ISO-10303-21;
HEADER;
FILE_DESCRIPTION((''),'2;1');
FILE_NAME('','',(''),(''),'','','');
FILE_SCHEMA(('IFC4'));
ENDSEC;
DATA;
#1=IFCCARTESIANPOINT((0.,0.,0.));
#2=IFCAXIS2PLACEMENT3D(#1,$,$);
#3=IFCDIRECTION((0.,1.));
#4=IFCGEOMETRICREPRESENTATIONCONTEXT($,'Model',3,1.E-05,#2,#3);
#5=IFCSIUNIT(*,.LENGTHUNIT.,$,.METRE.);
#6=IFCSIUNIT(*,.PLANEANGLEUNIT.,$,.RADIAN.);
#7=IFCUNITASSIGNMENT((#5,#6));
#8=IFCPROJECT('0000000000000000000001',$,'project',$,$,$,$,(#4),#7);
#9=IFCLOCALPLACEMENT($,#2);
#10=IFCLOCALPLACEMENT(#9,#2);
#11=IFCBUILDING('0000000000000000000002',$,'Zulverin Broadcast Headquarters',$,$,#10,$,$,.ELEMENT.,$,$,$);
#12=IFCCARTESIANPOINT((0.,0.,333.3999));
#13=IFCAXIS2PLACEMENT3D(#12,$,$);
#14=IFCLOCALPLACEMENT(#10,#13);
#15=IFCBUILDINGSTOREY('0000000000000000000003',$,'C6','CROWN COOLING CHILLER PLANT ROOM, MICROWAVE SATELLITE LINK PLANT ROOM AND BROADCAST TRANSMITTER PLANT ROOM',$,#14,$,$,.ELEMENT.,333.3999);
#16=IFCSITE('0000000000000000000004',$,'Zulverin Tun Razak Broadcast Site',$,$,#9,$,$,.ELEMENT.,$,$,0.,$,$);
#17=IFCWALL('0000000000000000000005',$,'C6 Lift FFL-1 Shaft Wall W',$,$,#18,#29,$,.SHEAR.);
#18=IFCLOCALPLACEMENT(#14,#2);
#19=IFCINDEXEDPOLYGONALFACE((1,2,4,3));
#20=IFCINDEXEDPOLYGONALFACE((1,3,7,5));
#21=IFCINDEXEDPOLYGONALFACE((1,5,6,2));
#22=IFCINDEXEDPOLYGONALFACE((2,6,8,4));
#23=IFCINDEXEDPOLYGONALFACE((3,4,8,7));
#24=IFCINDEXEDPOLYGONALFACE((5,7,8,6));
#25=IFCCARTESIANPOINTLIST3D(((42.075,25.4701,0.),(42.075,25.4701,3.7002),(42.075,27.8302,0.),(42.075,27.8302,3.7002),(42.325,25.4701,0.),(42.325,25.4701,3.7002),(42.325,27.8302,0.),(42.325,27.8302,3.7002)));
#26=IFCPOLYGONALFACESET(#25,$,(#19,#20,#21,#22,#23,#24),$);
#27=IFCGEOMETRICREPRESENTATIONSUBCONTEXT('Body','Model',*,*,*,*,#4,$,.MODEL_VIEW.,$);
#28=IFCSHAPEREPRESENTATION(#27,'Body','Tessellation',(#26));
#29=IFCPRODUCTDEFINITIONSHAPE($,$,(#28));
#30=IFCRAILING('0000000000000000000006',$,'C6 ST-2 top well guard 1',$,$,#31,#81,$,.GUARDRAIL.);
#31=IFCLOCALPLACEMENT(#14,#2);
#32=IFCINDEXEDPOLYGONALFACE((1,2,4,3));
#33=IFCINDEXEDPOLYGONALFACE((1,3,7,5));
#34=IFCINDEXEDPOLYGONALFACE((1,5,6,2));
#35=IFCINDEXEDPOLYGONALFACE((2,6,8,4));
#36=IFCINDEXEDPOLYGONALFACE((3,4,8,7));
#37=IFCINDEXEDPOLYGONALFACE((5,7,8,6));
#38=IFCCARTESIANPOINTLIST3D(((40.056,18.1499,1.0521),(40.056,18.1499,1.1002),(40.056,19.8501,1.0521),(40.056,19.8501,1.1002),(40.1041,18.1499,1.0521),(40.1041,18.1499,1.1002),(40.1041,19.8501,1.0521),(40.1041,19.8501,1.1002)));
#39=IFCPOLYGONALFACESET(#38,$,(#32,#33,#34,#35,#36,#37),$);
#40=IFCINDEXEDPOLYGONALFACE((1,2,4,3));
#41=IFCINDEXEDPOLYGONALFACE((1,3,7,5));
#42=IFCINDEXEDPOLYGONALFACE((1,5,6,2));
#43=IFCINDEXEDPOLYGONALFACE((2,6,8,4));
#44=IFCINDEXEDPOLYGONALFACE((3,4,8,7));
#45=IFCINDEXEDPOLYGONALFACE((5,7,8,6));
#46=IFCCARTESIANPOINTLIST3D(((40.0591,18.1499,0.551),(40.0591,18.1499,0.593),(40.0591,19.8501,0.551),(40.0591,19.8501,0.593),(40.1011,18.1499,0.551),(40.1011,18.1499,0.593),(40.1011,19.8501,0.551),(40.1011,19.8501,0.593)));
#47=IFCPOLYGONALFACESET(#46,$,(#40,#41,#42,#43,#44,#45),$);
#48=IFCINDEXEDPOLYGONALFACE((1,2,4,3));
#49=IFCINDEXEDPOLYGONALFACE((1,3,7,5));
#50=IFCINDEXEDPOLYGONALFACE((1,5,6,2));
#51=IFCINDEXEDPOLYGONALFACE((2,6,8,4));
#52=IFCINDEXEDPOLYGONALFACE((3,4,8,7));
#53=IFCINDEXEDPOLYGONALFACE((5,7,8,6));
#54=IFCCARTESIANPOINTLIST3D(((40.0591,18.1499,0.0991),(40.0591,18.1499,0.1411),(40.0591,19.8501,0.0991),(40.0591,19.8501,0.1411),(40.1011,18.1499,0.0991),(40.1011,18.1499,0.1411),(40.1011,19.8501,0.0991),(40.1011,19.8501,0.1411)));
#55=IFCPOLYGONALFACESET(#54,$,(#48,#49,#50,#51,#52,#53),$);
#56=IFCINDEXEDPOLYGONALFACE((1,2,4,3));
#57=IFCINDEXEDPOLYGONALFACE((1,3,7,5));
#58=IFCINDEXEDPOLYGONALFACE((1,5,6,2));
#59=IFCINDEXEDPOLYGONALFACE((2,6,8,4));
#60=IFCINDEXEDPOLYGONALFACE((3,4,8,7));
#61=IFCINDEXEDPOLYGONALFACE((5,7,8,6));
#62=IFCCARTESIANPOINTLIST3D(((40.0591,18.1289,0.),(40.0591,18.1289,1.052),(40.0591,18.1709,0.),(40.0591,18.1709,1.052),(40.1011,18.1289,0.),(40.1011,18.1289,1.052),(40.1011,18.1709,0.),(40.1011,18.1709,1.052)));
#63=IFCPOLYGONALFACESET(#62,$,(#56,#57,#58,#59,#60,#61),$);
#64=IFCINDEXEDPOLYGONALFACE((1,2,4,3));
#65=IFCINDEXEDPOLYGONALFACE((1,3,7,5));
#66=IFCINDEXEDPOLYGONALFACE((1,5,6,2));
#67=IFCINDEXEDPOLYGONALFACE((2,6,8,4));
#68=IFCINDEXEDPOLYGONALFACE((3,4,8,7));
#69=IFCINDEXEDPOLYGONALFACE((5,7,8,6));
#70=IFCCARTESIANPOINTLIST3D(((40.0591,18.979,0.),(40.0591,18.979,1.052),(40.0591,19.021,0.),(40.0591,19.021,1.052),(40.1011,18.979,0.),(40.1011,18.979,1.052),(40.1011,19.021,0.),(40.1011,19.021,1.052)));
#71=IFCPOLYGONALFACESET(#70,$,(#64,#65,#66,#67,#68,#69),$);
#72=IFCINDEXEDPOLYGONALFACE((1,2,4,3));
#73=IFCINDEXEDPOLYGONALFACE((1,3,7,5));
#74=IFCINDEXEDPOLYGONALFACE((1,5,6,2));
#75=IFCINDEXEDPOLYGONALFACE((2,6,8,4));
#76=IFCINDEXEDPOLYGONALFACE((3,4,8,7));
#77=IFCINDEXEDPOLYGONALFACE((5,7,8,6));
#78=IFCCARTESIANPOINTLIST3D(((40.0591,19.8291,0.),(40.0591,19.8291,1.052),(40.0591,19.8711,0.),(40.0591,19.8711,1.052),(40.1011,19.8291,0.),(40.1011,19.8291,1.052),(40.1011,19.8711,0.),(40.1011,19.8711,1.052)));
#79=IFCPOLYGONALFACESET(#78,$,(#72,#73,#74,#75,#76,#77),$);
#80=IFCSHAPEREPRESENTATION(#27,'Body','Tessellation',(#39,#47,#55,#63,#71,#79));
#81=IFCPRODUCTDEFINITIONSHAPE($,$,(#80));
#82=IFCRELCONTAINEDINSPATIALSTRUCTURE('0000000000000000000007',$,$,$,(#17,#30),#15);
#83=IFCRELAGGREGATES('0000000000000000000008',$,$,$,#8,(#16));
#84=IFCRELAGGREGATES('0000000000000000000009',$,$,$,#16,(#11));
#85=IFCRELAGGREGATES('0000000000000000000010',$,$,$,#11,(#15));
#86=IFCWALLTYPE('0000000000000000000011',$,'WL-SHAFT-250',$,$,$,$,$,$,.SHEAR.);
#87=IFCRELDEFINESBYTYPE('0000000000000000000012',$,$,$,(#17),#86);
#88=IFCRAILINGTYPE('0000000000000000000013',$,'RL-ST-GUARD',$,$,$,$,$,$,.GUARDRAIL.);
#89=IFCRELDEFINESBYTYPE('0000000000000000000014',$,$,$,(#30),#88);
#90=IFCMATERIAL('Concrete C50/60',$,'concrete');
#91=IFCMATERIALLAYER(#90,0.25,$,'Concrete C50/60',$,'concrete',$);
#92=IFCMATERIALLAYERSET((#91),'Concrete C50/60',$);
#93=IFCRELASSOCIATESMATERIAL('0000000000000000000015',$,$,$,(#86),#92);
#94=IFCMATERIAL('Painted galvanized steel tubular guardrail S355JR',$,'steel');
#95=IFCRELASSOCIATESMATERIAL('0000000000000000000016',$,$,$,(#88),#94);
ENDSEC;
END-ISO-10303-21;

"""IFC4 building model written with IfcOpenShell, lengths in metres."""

from ifc_helpers import new_model, si_unit, direction, frame, frame_2d, origin, origin_2d, place, context, subcontext, project, spatial, rectangle, extrude, material, layer, layer_set, type_object, element, save


model = new_model("IFC4")

# Units and contexts
model_context = context("Model", 3, precision=1e-05, world=origin(), true_north=direction((0.0, 1.0)))
body_context = subcontext(model_context, "Body", "Model", "MODEL_VIEW")
ifc_project = project(units=[si_unit("LENGTHUNIT", "METRE"), si_unit("PLANEANGLEUNIT", "RADIAN")], contexts=[model_context])

# Site, building, storey
site_placement = place(None, origin())
site = spatial("IfcSite", under=ifc_project, at=site_placement, Name="Zulverin Tun Razak Broadcast Site", CompositionType="ELEMENT", RefElevation=0.0)
building_placement = place(site_placement, origin())
building = spatial("IfcBuilding", under=site, at=building_placement, Name="Zulverin Broadcast Headquarters", CompositionType="ELEMENT")
storey_placement = place(building_placement, frame((0.0, 0.0, 333.3999)))
storey = spatial("IfcBuildingStorey", under=building, at=storey_placement, Name="C6", Description="CROWN COOLING CHILLER PLANT ROOM, MICROWAVE SATELLITE LINK PLANT ROOM AND BROADCAST TRANSMITTER PLANT ROOM", CompositionType="ELEMENT", Elevation=333.3999)

# Shared definitions
ifc_material_1 = material(Name="Concrete C50/60", Category="concrete")

# Shared definitions
ifc_layer_1 = layer(ifc_material_1, 0.25, Name="Concrete C50/60", Category="concrete")
ifc_layer_set_1 = layer_set([ifc_layer_1], Name="Concrete C50/60")
wall_type_1 = type_object("IfcWallType", Name="WL-SHAFT-250", PredefinedType="SHEAR", material=ifc_layer_set_1)

# Wall
wall_1_placement = place(storey_placement, frame((42.2, 25.47, 0.0), z_axis=(0.0, 0.0, 1.0), x_axis=(0.0, 1.0, 0.0)))
element("IfcWall", 1, at=wall_1_placement, inside=storey, type_object=wall_type_1, Name="C6 Lift FFL-1 Shaft Wall W", PredefinedType="SHEAR", context=body_context, shape_type="SweptSolid", body=[
    extrude(rectangle(XDim=2.3601, YDim=0.25, at=frame_2d((1.1802, 0.0))), origin(), (0.0, 0.0, 1.0), 3.7002),
])

# Railing
ifc_material_2 = material(Name="Painted galvanized steel tubular guardrail S355JR", Category="steel")
railing_type = type_object("IfcRailingType", Name="RL-ST-GUARD", PredefinedType="GUARDRAIL", material=ifc_material_2)
railing_placement = place(storey_placement, frame((40.0801, 18.1499, 0.0)))
element("IfcRailing", 2, at=railing_placement, inside=storey, type_object=railing_type, Name="C6 ST-2 top well guard 1", PredefinedType="GUARDRAIL", context=body_context, shape_type="SweptSolid", body=[
    extrude(rectangle(XDim=0.0481, YDim=0.0481, at=origin_2d()), frame((0.0, 0.0, 1.0762), z_axis=(0.0, 1.0, 0.0), x_axis=(-1.0, 0.0, 0.0)), (0.0, 0.0, 1.0), 1.7002),
    extrude(rectangle(XDim=0.042, YDim=0.042, at=origin_2d()), frame((0.0, 0.0, 0.572), z_axis=(0.0, 1.0, 0.0), x_axis=(-1.0, 0.0, 0.0)), (0.0, 0.0, 1.0), 1.7002),
    extrude(rectangle(XDim=0.042, YDim=0.042, at=origin_2d()), frame((0.0, 0.0, 0.1201), z_axis=(0.0, 1.0, 0.0), x_axis=(-1.0, 0.0, 0.0)), (0.0, 0.0, 1.0), 1.7002),
    extrude(rectangle(XDim=0.042, YDim=0.042, at=origin_2d()), origin(), (0.0, 0.0, 1.0), 1.052),
    extrude(rectangle(XDim=0.042, YDim=0.042, at=origin_2d()), frame((0.0, 0.8501, 0.0)), (0.0, 0.0, 1.0), 1.052),
    extrude(rectangle(XDim=0.042, YDim=0.042, at=origin_2d()), frame((0.0, 1.7002, 0.0)), (0.0, 0.0, 1.0), 1.052),
])

save(model, "model.ifc")
